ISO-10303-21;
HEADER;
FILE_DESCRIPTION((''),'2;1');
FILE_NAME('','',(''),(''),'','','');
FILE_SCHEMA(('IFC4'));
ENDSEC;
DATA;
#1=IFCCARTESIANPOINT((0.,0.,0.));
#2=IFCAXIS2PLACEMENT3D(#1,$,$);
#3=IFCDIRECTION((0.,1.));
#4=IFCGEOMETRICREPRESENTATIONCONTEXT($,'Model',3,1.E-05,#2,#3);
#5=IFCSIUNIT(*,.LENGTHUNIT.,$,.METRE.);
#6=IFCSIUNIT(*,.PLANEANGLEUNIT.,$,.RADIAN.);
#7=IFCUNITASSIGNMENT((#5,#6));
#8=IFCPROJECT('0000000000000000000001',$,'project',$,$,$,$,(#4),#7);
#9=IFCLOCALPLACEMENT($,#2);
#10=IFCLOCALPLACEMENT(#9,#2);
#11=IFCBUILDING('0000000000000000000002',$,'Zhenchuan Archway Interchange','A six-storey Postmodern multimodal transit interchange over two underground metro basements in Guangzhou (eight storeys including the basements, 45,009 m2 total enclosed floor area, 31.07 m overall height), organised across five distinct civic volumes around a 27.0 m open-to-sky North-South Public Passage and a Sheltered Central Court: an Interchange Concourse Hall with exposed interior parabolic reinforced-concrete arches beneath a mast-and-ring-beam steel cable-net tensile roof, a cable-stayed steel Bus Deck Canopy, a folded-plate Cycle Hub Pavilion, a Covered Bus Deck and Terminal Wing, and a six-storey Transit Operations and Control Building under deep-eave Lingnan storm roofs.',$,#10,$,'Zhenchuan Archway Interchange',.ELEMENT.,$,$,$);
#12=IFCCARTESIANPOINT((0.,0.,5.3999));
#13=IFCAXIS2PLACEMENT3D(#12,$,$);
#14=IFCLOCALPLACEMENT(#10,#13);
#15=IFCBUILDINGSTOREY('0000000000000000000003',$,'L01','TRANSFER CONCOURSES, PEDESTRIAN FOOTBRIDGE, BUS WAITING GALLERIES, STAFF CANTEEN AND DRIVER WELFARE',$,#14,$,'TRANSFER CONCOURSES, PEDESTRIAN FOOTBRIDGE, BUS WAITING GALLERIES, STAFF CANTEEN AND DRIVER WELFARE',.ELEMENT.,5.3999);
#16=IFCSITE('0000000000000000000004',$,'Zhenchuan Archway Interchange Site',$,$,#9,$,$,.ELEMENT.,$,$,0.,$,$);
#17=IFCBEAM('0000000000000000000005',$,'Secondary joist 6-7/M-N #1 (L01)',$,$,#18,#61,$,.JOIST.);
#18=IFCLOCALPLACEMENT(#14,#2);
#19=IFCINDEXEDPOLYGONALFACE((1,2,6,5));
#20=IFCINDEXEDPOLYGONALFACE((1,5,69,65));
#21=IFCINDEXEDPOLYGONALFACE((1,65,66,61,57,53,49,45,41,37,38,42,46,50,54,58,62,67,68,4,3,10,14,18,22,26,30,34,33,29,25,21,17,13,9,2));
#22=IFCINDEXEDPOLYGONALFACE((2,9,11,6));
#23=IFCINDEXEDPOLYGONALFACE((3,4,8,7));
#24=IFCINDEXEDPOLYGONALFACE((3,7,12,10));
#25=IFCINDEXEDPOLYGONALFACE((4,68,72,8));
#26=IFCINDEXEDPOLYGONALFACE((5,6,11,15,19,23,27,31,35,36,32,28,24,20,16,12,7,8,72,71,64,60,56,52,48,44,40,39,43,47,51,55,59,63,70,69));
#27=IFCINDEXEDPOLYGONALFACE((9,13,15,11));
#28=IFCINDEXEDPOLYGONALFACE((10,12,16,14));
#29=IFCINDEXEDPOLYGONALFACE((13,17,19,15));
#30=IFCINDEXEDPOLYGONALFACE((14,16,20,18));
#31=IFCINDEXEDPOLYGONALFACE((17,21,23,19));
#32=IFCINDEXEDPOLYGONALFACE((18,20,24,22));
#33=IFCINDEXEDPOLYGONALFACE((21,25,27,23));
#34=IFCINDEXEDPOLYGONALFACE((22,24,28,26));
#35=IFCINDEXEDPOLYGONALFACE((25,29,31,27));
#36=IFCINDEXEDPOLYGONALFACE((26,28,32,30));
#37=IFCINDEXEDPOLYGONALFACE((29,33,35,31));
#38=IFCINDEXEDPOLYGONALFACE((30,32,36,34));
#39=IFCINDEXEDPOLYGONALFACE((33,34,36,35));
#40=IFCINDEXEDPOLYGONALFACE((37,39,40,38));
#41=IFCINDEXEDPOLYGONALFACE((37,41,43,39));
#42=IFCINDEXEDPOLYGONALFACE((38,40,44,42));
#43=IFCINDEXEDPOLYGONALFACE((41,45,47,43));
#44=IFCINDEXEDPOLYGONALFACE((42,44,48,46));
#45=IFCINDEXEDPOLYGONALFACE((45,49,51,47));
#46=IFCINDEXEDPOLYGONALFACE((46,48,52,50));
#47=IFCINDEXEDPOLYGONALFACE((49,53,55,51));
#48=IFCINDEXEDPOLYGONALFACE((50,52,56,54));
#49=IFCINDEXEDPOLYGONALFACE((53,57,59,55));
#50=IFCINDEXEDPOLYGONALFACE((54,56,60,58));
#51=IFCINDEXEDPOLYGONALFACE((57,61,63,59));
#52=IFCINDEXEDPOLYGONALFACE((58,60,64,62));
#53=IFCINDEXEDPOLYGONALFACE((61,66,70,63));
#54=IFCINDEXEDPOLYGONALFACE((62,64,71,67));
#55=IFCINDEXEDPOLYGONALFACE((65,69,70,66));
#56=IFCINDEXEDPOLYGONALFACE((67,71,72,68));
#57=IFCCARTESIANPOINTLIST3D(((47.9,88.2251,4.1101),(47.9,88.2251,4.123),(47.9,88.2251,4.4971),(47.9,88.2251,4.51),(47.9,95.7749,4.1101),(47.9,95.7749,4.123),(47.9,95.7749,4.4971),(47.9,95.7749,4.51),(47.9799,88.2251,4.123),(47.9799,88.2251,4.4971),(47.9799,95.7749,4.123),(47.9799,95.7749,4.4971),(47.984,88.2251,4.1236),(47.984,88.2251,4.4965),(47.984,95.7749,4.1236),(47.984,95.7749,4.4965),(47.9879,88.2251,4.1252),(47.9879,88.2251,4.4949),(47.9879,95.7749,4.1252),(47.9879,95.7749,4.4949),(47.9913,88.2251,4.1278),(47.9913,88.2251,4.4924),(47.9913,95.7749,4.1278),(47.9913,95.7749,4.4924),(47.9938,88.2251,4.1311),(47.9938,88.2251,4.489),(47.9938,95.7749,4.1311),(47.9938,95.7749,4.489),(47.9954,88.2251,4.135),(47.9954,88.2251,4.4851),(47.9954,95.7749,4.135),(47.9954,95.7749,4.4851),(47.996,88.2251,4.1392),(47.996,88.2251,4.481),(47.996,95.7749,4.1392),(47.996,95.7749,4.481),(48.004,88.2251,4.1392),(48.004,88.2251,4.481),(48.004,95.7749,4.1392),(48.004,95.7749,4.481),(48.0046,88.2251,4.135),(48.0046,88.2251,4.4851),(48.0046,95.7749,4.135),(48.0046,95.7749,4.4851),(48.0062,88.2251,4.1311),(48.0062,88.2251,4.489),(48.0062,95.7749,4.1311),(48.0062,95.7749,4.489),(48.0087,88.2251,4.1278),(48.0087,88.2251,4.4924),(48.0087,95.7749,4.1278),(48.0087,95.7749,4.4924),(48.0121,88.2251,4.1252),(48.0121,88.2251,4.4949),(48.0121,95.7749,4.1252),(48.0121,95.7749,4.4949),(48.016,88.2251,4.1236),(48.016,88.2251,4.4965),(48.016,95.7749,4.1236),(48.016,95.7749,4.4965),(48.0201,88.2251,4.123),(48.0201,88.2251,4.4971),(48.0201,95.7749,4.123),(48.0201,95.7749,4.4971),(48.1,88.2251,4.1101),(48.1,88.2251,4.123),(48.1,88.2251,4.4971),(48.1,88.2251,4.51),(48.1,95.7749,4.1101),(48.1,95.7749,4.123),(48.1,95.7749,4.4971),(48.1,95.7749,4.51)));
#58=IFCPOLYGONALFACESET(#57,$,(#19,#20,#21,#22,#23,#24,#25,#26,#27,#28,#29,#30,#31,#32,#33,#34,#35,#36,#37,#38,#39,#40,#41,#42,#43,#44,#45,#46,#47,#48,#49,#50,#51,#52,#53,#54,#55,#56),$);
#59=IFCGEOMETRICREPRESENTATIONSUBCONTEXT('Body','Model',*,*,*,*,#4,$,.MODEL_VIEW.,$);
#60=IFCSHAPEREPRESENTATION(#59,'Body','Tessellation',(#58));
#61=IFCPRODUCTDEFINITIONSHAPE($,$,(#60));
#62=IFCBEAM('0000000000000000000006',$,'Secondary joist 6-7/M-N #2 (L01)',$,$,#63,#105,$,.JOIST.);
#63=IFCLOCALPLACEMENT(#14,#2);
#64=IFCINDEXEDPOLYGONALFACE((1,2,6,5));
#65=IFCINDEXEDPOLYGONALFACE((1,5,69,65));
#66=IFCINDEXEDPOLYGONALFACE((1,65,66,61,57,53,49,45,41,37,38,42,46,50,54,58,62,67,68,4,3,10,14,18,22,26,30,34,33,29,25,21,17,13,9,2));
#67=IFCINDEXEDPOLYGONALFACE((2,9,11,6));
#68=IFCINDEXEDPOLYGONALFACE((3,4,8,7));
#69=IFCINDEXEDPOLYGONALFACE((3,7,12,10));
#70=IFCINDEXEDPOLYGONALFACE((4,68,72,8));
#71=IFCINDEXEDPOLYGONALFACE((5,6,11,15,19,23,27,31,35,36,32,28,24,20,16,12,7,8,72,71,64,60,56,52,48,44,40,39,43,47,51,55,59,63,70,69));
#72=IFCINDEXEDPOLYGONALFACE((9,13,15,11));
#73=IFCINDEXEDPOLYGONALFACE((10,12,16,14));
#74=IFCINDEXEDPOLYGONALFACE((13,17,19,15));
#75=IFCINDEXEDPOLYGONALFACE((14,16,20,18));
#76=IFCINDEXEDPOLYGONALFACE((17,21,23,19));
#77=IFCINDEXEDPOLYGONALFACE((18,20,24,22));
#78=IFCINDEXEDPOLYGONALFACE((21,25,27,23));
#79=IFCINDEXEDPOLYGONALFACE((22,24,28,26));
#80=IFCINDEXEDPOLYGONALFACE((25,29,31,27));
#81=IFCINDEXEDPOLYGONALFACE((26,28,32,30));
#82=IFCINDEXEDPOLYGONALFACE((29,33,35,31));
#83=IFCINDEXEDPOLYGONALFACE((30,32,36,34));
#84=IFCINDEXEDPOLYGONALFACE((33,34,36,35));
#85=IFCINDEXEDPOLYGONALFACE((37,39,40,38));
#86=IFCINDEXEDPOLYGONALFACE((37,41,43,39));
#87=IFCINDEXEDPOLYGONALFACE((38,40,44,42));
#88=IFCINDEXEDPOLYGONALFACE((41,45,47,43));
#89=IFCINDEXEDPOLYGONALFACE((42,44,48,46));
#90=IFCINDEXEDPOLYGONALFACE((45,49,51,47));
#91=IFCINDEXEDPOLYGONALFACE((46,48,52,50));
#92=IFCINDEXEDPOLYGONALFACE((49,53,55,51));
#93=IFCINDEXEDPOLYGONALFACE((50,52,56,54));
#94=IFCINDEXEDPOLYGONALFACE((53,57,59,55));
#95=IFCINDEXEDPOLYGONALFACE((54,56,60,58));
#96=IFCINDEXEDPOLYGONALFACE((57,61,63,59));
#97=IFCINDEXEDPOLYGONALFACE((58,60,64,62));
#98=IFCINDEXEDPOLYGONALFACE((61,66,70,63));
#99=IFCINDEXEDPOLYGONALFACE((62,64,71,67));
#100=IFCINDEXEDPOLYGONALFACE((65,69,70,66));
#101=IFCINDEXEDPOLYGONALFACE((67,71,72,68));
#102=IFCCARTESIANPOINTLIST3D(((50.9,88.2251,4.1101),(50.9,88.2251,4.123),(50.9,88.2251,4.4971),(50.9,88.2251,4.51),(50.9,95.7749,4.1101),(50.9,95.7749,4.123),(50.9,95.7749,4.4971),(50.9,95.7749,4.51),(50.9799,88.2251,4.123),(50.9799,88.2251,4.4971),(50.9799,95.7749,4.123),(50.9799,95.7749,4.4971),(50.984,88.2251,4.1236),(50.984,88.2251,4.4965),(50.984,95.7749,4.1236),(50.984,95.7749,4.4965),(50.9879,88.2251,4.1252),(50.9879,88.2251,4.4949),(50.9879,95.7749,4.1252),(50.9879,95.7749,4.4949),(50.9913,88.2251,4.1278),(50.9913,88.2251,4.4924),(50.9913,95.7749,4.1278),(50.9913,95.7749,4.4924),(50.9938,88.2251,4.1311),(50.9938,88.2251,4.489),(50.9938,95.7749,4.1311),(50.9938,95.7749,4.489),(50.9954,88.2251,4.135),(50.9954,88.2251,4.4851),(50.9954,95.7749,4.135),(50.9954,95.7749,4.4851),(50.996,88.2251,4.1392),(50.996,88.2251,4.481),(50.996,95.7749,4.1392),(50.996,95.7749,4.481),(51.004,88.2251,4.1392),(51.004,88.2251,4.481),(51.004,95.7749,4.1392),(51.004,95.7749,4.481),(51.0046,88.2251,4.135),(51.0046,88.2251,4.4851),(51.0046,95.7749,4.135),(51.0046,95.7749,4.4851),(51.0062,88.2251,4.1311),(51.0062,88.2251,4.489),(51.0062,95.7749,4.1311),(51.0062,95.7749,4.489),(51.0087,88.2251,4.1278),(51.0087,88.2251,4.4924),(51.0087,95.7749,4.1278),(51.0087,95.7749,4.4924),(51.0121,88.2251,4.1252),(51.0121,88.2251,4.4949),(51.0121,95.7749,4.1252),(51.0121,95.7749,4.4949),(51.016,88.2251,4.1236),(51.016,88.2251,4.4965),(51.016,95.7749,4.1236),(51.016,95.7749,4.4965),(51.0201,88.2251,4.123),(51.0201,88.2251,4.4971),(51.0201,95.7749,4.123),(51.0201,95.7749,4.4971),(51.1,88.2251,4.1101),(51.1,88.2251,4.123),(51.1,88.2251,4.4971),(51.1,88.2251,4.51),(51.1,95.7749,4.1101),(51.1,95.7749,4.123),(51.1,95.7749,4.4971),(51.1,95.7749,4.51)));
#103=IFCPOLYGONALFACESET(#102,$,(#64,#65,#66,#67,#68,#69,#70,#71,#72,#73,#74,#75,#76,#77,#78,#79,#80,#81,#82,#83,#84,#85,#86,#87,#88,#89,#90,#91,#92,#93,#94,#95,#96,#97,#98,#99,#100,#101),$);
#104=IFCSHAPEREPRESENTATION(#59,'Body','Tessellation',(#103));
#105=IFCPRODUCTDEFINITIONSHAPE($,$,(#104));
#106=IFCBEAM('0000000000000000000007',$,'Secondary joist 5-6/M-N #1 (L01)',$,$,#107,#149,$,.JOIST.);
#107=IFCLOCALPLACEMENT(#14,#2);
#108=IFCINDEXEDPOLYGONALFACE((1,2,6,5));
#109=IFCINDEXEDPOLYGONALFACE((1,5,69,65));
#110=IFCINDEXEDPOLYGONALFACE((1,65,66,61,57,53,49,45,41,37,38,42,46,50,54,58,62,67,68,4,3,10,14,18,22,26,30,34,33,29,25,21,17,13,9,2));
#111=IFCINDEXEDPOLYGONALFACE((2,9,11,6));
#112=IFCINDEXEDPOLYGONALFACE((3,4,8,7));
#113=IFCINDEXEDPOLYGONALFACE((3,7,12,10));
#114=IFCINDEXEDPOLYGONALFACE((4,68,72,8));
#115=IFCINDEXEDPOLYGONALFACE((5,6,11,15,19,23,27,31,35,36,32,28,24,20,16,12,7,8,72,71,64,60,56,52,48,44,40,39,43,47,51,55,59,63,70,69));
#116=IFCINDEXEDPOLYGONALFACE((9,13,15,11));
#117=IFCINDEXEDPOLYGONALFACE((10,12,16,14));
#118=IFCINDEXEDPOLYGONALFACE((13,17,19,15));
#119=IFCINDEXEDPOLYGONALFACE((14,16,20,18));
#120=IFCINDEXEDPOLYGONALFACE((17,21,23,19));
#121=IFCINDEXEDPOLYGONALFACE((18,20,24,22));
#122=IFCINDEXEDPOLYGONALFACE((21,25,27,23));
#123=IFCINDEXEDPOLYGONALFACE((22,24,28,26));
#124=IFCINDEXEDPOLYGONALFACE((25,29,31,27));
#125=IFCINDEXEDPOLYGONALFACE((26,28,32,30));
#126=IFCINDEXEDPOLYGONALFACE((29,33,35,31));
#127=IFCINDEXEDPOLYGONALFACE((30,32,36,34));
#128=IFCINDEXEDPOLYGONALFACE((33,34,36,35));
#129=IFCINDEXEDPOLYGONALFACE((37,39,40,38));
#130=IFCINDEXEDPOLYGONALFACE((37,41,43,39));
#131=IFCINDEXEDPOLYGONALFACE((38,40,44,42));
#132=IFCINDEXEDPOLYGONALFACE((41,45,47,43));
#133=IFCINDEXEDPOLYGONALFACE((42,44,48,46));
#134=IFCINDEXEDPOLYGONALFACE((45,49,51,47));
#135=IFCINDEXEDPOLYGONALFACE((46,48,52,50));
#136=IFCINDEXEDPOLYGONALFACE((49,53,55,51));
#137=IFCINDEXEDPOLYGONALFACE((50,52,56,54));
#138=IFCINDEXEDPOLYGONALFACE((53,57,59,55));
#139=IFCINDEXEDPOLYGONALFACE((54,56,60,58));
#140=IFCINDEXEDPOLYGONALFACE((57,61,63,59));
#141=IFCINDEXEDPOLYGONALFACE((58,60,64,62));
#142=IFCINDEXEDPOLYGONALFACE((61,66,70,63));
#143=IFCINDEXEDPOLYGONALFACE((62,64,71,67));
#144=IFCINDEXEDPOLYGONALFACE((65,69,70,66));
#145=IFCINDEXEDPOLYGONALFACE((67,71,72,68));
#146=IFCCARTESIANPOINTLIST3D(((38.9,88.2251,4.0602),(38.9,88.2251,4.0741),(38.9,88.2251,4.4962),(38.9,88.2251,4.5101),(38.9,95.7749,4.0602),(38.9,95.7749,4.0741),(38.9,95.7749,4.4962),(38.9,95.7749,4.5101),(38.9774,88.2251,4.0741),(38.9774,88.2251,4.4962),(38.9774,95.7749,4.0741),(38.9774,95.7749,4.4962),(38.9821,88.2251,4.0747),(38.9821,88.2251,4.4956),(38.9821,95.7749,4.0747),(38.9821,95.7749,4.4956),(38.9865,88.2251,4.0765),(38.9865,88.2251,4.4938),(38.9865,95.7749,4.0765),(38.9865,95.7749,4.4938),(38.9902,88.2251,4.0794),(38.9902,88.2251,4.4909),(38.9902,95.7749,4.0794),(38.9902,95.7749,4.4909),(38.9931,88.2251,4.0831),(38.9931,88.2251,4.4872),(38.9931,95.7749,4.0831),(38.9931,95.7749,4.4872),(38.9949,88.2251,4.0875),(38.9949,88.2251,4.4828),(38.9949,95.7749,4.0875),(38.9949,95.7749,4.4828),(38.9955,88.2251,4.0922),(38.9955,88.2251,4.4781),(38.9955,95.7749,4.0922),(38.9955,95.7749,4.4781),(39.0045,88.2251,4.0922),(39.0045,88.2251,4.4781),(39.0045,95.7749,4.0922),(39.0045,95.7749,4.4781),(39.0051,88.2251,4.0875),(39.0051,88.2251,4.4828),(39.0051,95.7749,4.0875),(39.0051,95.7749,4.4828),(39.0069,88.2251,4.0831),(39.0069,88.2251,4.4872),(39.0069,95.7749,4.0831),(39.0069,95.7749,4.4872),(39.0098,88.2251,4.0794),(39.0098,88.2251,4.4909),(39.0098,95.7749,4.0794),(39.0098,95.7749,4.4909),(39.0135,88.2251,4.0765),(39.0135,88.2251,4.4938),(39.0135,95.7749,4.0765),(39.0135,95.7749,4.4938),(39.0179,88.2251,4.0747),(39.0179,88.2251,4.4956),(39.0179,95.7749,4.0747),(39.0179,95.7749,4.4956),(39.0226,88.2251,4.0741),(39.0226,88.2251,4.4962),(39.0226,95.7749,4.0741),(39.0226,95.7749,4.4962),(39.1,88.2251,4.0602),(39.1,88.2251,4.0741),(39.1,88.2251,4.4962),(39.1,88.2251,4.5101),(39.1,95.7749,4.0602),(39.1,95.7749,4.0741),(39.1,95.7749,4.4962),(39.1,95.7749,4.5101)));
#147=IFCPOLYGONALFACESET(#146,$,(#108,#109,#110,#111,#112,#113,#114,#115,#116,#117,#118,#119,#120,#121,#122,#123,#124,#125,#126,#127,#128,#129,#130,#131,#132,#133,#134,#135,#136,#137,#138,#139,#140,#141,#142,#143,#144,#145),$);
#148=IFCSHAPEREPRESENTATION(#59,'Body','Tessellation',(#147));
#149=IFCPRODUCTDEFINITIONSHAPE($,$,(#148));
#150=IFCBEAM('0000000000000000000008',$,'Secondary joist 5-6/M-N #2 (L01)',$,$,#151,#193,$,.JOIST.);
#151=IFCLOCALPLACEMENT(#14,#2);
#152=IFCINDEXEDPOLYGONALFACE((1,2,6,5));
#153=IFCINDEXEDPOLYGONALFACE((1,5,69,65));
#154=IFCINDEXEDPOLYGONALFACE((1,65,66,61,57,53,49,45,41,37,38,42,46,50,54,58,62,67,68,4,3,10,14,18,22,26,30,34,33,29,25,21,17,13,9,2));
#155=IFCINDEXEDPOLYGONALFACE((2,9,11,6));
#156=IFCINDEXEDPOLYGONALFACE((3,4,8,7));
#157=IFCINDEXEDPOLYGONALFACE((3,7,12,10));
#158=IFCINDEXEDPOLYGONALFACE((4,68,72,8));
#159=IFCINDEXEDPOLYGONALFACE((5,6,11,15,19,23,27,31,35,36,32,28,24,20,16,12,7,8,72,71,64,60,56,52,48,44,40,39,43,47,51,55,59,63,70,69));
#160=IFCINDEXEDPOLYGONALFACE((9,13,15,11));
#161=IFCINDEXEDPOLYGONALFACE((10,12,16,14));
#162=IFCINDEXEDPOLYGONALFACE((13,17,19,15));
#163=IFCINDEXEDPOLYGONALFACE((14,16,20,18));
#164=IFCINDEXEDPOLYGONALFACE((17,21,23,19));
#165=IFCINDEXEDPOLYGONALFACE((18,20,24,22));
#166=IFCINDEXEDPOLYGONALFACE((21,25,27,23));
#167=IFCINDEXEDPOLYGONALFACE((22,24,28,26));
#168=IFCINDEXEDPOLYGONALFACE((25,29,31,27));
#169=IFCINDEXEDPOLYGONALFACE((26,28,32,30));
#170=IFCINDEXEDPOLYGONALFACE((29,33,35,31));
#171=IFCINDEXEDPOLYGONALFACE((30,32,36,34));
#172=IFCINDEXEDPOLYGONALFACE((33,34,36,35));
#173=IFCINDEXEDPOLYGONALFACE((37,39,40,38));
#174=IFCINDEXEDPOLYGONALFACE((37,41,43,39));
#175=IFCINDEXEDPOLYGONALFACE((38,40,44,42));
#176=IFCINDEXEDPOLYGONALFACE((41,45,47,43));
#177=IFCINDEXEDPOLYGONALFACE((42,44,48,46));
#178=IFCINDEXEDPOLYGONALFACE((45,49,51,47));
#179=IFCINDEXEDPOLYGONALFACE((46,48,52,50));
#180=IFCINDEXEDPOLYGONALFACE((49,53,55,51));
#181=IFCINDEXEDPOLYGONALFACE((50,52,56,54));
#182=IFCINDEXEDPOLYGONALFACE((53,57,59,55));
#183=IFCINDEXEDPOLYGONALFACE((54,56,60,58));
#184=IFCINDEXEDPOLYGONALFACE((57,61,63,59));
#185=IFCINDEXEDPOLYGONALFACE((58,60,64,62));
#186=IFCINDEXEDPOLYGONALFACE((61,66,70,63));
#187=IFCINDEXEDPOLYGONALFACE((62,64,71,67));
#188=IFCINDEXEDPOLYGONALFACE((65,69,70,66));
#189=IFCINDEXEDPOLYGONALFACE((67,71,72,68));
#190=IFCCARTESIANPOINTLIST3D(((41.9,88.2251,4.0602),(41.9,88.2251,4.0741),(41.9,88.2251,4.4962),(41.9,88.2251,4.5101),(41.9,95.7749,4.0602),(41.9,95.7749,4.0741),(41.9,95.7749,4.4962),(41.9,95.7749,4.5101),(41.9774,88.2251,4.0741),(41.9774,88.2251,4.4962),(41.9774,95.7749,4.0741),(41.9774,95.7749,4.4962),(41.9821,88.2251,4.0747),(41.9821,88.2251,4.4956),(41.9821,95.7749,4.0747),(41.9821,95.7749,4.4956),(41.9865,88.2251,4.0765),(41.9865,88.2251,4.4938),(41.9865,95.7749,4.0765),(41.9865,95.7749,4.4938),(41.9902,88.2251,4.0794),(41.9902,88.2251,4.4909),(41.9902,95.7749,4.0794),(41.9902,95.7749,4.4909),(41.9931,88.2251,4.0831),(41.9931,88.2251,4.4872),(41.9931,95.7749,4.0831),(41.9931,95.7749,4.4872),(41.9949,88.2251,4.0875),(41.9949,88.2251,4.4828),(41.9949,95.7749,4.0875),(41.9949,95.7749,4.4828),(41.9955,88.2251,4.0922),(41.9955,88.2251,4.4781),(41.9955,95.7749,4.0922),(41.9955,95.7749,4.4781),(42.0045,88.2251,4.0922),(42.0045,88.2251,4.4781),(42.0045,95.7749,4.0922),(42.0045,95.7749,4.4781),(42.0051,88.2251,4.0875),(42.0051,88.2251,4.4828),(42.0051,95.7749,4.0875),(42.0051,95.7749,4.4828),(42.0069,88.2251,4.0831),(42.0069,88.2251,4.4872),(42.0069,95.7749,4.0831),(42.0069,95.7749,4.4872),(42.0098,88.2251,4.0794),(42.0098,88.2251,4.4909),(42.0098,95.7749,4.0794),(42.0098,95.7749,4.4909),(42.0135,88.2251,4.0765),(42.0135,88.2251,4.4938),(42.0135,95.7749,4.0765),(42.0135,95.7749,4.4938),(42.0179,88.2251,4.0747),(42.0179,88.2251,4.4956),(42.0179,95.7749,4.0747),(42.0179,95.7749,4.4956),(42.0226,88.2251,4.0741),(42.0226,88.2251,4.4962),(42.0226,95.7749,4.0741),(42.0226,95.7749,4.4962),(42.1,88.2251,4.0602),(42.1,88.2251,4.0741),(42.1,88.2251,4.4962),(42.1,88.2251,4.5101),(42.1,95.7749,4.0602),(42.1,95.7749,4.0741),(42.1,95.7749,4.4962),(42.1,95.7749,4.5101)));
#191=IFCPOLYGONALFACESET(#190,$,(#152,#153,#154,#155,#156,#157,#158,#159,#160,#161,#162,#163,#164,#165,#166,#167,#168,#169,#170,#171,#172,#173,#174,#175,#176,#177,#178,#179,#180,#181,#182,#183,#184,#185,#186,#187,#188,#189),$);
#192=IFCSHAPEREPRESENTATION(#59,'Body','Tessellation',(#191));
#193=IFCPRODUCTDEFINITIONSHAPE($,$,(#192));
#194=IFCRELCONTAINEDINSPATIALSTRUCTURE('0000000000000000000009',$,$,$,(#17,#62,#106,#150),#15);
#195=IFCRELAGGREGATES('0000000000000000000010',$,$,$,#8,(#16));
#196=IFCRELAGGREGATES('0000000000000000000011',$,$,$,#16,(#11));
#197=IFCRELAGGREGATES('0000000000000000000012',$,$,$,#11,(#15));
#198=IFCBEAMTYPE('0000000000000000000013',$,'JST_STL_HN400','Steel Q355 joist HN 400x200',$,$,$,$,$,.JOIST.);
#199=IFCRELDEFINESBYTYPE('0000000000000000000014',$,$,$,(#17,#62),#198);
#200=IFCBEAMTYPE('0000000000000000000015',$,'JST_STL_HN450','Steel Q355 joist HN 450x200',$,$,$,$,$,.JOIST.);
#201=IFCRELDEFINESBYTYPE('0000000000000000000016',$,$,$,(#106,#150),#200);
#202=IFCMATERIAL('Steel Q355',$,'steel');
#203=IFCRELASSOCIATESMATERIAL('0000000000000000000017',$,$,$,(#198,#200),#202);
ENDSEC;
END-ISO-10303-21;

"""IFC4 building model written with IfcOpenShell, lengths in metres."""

from ifc_helpers import new_model, si_unit, direction, frame, origin, origin_2d, place, context, subcontext, project, spatial, i_section, extrude, material, material_profile, profile_set, type_object, element, save


model = new_model("IFC4")

# Units and contexts
model_context = context("Model", 3, precision=1e-05, world=origin(), true_north=direction((0.0, 1.0)))
body_context = subcontext(model_context, "Body", "Model", "MODEL_VIEW")
ifc_project = project(units=[si_unit("LENGTHUNIT", "METRE"), si_unit("PLANEANGLEUNIT", "RADIAN")], contexts=[model_context])

# Site, building, storey
site_placement = place(None, origin())
site = spatial("IfcSite", under=ifc_project, at=site_placement, Name="Zhenchuan Archway Interchange Site", CompositionType="ELEMENT", RefElevation=0.0)
building_placement = place(site_placement, origin())
building = spatial("IfcBuilding", under=site, at=building_placement, Name="Zhenchuan Archway Interchange", Description="A six-storey Postmodern multimodal transit interchange over two underground metro basements in Guangzhou (eight storeys including the basements, 45,009 m2 total enclosed floor area, 31.07 m overall height), organised across five distinct civic volumes around a 27.0 m open-to-sky North-South Public Passage and a Sheltered Central Court: an Interchange Concourse Hall with exposed interior parabolic reinforced-concrete arches beneath a mast-and-ring-beam steel cable-net tensile roof, a cable-stayed steel Bus Deck Canopy, a folded-plate Cycle Hub Pavilion, a Covered Bus Deck and Terminal Wing, and a six-storey Transit Operations and Control Building under deep-eave Lingnan storm roofs.", LongName="Zhenchuan Archway Interchange", CompositionType="ELEMENT")
storey_placement = place(building_placement, frame((0.0, 0.0, 5.3999)))
storey = spatial("IfcBuildingStorey", under=building, at=storey_placement, Name="L01", Description="TRANSFER CONCOURSES, PEDESTRIAN FOOTBRIDGE, BUS WAITING GALLERIES, STAFF CANTEEN AND DRIVER WELFARE", LongName="TRANSFER CONCOURSES, PEDESTRIAN FOOTBRIDGE, BUS WAITING GALLERIES, STAFF CANTEEN AND DRIVER WELFARE", CompositionType="ELEMENT", Elevation=5.3999)

# Beams
ifc_material_1 = material(Name="Steel Q355", Category="steel")
ifc_material_profile_1 = material_profile(ifc_material_1, i_section(OverallWidth=0.2, OverallDepth=0.3999, WebThickness=0.0081, FlangeThickness=0.0129, FilletRadius=0.0161, at=origin_2d()), Name="HN 400x200")
ifc_profile_set_1 = profile_set([ifc_material_profile_1], Name="Steel Q355")
beam_type_1 = type_object("IfcBeamType", Name="JST_STL_HN400", Description="Steel Q355 joist HN 400x200", PredefinedType="JOIST", material=ifc_profile_set_1)
for number, where, z_axis, x_axis, name in (
    (1, (48.0, 88.2251, 4.3101), (0.0, 1.0, 0.0), (-1.0, 0.0, 0.0), "Secondary joist 6-7/M-N #1 (L01)"),
    (2, (51.0, 88.2251, 4.3101), (0.0, 1.0, 0.0), (-1.0, 0.0, 0.0), "Secondary joist 6-7/M-N #2 (L01)"),
):
    element("IfcBeam", number, at=place(storey_placement, frame(where, z_axis=z_axis, x_axis=x_axis)), inside=storey, type_object=beam_type_1, Name=name, PredefinedType="JOIST", context=body_context, shape_type="SweptSolid", body=[
        extrude(i_section(OverallWidth=0.2, OverallDepth=0.3999, WebThickness=0.0081, FlangeThickness=0.0129, FilletRadius=0.0161, at=origin_2d()), origin(), (0.0, 0.0, 1.0), 7.5498),
    ])
ifc_material_profile_2 = material_profile(ifc_material_1, i_section(OverallWidth=0.2, OverallDepth=0.45, WebThickness=0.009, FlangeThickness=0.0139, FilletRadius=0.0181, at=origin_2d()), Name="HN 450x200")
ifc_profile_set_2 = profile_set([ifc_material_profile_2], Name="Steel Q355")
beam_type_2 = type_object("IfcBeamType", Name="JST_STL_HN450", Description="Steel Q355 joist HN 450x200", PredefinedType="JOIST", material=ifc_profile_set_2)
for number, where, z_axis, x_axis, name in (
    (3, (39.0, 88.2251, 4.2852), (0.0, 1.0, 0.0), (-1.0, 0.0, 0.0), "Secondary joist 5-6/M-N #1 (L01)"),
    (4, (42.0, 88.2251, 4.2852), (0.0, 1.0, 0.0), (-1.0, 0.0, 0.0), "Secondary joist 5-6/M-N #2 (L01)"),
):
    element("IfcBeam", number, at=place(storey_placement, frame(where, z_axis=z_axis, x_axis=x_axis)), inside=storey, type_object=beam_type_2, Name=name, PredefinedType="JOIST", context=body_context, shape_type="SweptSolid", body=[
        extrude(i_section(OverallWidth=0.2, OverallDepth=0.45, WebThickness=0.009, FlangeThickness=0.0139, FilletRadius=0.0181, at=origin_2d()), origin(), (0.0, 0.0, 1.0), 7.5498),
    ])

save(model, "model.ifc")
